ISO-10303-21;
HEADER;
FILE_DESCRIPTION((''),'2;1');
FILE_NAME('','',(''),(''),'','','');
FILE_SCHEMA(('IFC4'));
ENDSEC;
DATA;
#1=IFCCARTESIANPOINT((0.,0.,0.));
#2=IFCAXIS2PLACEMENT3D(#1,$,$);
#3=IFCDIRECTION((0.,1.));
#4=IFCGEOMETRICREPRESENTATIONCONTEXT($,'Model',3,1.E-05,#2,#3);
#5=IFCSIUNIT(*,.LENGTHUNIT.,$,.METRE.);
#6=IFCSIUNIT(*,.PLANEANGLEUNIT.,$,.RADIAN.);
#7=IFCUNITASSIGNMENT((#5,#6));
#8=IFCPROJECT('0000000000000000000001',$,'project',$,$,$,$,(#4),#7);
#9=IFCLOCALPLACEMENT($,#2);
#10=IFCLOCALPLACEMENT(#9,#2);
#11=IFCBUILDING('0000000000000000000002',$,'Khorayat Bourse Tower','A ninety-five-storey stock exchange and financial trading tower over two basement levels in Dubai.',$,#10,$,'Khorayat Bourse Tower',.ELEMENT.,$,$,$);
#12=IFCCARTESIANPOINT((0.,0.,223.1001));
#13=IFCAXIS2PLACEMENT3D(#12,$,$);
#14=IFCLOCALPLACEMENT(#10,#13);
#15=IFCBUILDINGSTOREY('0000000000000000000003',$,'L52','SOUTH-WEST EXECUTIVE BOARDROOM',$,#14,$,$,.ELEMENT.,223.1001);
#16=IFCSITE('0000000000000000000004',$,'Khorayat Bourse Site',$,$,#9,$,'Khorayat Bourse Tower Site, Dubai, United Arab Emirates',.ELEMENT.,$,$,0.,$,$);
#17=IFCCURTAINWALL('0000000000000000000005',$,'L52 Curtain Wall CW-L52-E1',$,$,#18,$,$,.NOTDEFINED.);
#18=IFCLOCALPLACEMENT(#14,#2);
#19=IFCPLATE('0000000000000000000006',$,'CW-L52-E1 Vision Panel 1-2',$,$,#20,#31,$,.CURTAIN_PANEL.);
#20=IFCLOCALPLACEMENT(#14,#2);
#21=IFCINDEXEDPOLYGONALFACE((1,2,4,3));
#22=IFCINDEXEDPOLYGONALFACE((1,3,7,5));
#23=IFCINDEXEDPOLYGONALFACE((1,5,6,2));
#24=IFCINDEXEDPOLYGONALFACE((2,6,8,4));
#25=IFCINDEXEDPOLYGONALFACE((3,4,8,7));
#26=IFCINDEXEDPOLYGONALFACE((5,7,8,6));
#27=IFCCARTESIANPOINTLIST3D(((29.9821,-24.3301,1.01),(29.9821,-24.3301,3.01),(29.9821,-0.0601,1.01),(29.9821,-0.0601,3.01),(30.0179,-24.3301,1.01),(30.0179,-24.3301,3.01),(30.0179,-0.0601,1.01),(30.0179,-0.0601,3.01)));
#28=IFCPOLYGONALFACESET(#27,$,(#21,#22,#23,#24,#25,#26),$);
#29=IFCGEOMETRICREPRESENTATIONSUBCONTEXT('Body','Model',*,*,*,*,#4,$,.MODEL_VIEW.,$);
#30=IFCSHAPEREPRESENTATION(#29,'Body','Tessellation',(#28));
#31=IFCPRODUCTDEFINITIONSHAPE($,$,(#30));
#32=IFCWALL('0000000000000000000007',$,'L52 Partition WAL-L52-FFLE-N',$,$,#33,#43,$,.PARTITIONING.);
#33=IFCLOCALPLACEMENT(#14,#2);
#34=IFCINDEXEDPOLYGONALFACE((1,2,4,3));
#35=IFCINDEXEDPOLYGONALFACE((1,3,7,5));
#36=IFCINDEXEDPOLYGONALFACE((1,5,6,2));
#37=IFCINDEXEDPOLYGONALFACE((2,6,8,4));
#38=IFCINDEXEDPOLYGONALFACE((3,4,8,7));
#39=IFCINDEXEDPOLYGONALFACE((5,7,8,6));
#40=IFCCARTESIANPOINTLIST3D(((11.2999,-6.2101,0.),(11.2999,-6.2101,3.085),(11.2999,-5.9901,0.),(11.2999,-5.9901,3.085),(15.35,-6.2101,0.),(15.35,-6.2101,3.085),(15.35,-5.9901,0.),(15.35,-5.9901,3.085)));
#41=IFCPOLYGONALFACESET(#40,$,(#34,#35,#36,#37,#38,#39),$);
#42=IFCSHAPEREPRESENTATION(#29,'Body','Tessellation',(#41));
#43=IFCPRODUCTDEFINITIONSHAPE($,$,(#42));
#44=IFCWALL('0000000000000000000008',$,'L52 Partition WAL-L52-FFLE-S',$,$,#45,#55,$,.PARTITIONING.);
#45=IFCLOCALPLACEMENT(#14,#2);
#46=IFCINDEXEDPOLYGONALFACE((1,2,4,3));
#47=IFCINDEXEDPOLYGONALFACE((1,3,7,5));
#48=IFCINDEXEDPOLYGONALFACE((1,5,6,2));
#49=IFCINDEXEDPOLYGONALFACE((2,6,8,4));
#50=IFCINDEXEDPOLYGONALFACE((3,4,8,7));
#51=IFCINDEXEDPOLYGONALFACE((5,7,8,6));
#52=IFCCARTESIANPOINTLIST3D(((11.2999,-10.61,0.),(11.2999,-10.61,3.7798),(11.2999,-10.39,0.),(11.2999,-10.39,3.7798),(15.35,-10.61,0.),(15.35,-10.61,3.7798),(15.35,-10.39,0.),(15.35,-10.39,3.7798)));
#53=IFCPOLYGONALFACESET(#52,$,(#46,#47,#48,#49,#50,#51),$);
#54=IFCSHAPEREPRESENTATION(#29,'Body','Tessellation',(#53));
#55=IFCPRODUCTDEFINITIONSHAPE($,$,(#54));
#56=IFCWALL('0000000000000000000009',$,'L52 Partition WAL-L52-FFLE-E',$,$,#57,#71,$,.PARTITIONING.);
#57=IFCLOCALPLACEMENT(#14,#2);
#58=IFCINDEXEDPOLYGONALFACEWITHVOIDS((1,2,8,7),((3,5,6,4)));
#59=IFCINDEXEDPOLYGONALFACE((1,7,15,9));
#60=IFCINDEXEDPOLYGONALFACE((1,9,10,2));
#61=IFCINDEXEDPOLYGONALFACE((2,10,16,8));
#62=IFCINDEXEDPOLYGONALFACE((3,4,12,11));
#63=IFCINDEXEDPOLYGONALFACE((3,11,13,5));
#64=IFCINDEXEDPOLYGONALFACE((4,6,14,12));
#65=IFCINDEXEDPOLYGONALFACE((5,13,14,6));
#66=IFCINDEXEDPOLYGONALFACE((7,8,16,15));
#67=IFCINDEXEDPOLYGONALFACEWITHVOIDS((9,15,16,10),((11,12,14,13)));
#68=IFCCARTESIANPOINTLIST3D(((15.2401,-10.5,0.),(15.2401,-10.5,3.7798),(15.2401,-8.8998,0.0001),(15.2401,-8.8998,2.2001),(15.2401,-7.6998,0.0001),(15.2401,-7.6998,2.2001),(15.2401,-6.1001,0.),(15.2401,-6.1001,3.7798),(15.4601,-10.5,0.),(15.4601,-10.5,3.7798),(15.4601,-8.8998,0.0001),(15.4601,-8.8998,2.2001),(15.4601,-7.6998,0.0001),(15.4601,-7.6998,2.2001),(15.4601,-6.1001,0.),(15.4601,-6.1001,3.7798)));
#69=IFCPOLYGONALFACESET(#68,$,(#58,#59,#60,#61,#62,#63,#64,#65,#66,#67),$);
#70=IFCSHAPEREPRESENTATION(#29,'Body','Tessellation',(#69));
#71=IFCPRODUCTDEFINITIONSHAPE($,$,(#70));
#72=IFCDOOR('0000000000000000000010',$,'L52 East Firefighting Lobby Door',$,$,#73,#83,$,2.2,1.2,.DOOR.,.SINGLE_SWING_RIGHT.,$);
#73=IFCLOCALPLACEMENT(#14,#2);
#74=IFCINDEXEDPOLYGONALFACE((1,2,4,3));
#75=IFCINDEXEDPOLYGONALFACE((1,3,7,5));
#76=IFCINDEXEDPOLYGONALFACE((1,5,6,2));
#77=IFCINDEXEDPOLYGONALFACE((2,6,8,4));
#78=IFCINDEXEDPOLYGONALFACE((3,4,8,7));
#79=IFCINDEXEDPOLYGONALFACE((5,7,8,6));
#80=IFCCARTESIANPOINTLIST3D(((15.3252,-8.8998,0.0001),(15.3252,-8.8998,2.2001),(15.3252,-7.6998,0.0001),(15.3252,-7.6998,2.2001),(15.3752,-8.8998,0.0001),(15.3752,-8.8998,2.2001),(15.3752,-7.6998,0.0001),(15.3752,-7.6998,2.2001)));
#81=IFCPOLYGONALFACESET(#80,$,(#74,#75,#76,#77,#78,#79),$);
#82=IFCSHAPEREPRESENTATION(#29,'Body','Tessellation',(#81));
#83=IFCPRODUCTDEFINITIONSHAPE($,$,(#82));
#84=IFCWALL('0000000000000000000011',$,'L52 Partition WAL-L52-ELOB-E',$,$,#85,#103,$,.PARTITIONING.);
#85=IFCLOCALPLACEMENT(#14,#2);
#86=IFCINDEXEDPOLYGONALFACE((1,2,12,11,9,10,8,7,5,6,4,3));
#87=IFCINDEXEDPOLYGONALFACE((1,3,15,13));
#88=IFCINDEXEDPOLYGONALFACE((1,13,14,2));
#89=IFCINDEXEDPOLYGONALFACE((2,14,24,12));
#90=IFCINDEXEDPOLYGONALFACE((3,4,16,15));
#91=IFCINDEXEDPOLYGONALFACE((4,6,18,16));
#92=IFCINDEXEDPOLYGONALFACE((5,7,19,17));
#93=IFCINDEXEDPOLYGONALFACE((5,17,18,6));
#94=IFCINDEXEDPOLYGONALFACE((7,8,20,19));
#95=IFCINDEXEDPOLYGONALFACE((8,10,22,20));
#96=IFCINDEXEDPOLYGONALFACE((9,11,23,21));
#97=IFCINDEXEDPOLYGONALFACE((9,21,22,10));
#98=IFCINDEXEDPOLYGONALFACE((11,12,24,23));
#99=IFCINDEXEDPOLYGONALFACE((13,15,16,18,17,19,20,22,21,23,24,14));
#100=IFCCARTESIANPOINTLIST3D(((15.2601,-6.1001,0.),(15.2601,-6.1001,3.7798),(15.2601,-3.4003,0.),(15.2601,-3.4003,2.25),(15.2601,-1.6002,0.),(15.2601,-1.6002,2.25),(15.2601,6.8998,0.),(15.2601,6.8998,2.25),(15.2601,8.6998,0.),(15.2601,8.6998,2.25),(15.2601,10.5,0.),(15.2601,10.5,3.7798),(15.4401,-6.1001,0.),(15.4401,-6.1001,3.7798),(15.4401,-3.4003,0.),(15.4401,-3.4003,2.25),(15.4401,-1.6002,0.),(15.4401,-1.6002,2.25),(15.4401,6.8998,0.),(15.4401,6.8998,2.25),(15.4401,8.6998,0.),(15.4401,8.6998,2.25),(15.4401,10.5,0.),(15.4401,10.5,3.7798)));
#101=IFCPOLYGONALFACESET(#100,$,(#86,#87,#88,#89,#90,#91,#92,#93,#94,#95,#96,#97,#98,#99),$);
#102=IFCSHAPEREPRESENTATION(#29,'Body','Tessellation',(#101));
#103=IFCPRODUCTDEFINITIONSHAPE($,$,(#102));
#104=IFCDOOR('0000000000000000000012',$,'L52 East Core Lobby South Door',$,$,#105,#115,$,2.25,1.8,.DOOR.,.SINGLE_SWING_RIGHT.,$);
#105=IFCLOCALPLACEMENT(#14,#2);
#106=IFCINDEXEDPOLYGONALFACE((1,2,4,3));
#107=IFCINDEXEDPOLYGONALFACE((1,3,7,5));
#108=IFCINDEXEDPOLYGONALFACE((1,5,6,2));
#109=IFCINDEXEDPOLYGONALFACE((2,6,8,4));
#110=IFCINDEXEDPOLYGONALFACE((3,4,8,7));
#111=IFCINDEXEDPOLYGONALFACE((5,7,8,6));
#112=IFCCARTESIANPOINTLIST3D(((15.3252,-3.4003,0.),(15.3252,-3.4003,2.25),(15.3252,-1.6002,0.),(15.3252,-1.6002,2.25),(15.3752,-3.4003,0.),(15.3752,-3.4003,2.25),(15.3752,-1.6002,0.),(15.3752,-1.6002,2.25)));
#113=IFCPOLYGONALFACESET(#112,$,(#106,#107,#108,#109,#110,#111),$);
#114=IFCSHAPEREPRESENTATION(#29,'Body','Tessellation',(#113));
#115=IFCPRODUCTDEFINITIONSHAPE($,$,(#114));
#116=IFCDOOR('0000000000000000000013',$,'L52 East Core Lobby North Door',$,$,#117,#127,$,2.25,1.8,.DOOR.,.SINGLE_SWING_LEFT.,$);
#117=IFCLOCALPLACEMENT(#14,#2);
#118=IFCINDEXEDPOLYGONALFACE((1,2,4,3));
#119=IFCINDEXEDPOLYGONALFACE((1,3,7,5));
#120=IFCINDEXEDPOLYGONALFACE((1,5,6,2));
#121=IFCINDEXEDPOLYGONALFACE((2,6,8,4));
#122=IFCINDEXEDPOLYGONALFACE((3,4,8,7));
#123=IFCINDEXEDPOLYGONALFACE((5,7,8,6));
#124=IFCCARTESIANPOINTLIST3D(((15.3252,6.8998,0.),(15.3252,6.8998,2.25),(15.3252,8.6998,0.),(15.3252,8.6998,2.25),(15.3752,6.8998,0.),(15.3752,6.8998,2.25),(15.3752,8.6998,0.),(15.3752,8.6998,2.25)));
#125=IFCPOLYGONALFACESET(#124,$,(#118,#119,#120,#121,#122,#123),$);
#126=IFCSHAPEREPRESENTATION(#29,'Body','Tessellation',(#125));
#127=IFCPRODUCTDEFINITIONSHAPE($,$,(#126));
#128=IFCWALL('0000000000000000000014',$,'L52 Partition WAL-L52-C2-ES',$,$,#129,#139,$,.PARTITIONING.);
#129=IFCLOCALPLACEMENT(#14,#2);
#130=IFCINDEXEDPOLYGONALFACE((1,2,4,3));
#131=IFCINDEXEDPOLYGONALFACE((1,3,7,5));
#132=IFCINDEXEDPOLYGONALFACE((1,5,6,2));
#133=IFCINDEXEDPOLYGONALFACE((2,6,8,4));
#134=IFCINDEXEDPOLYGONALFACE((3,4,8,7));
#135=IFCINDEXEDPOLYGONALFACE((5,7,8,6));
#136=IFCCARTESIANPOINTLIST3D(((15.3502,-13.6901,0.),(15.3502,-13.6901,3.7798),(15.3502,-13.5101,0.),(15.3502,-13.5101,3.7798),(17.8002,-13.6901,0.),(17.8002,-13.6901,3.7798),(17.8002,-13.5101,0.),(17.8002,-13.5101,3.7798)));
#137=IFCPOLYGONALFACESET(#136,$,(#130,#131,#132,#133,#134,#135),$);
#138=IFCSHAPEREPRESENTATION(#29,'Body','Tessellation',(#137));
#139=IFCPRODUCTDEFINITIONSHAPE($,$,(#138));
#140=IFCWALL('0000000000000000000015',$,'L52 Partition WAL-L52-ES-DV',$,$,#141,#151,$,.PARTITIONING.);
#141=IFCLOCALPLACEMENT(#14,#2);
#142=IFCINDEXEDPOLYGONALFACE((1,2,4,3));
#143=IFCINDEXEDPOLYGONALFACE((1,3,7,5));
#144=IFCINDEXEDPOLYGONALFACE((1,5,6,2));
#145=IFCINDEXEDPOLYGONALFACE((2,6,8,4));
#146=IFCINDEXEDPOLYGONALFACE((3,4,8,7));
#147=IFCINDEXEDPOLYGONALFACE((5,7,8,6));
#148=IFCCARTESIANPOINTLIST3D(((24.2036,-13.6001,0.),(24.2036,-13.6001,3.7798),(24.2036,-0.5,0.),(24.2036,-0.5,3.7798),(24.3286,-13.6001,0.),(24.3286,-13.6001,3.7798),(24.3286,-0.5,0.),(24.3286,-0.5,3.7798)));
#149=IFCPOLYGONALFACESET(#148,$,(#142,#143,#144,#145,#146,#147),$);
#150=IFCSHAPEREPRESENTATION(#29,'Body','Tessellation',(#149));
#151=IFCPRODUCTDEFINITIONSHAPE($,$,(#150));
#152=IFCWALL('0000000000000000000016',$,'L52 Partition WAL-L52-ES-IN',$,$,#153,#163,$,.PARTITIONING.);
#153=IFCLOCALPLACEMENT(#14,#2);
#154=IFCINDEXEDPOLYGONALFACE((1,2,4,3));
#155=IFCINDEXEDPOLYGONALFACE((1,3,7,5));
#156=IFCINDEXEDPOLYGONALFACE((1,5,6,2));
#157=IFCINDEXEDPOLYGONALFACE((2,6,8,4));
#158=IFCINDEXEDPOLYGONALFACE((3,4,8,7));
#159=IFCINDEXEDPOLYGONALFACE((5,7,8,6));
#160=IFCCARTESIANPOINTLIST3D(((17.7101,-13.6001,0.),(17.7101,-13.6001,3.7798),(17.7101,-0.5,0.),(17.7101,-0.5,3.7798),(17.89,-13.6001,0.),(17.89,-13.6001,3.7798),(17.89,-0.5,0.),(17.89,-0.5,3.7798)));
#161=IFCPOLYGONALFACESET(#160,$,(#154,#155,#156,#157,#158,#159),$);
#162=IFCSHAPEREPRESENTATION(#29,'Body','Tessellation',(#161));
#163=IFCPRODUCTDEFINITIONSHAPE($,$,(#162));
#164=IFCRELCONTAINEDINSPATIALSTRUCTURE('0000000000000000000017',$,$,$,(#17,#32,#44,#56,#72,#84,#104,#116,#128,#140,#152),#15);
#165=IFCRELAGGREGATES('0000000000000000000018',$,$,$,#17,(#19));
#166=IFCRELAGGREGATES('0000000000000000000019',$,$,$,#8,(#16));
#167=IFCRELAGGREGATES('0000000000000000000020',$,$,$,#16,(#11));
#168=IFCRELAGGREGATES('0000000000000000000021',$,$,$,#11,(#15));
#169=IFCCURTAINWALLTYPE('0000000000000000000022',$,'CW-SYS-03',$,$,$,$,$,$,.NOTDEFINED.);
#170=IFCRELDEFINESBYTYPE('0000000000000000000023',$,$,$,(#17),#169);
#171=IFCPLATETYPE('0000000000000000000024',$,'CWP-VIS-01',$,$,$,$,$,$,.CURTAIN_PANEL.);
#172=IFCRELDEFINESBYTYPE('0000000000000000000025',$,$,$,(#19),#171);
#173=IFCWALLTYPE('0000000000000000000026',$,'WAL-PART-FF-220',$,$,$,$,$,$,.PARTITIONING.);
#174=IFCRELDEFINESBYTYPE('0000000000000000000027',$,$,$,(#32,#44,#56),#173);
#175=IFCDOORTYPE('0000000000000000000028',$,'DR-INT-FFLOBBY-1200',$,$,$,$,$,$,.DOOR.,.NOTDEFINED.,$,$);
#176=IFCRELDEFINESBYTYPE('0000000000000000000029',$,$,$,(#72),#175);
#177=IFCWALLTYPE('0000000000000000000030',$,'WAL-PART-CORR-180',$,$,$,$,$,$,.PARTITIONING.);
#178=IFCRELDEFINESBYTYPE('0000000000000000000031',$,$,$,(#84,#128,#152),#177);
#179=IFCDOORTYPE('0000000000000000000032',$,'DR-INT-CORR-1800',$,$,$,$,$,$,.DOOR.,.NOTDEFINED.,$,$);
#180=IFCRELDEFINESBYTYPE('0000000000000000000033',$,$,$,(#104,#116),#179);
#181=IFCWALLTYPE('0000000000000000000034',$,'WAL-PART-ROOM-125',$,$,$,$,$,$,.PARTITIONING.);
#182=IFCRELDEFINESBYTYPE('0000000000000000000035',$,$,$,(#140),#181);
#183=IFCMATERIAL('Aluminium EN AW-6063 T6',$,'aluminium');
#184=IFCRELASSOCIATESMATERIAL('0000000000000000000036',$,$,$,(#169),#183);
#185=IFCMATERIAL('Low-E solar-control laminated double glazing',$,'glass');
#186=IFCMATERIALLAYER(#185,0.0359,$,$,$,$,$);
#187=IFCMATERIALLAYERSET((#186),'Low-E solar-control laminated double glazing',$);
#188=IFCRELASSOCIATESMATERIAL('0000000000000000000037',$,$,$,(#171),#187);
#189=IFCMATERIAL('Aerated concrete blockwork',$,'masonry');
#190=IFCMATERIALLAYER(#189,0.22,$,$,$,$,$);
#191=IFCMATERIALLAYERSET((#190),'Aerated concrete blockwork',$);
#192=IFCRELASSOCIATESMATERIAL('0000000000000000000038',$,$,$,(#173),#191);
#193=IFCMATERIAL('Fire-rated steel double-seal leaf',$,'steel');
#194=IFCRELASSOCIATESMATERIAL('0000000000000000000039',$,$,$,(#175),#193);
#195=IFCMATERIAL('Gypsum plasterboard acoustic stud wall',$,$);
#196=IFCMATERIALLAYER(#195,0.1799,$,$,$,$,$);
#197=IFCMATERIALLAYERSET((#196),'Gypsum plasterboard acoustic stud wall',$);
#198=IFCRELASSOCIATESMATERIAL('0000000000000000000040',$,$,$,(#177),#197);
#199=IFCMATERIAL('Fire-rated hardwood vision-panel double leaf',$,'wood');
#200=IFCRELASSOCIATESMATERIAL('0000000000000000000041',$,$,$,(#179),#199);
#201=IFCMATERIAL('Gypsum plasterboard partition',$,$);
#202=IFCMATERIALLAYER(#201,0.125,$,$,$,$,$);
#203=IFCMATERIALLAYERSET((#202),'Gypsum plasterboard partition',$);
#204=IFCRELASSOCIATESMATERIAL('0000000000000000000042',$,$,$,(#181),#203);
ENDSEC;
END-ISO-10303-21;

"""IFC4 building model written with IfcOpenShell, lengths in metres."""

from ifc_helpers import new_model, si_unit, direction, frame, frame_2d, origin, origin_2d, place, context, subcontext, project, spatial, rectangle, extrude, source, transform, mapped, material, layer, layer_set, type_object, element, fill, aggregate, save


model = new_model("IFC4")

# Units and contexts
model_context = context("Model", 3, precision=1e-05, world=origin(), true_north=direction((0.0, 1.0)))
body_context = subcontext(model_context, "Body", "Model", "MODEL_VIEW")
ifc_project = project(units=[si_unit("LENGTHUNIT", "METRE"), si_unit("PLANEANGLEUNIT", "RADIAN")], contexts=[model_context])

# Site, building, storey
site_placement = place(None, origin())
site = spatial("IfcSite", under=ifc_project, at=site_placement, Name="Khorayat Bourse Site", LongName="Khorayat Bourse Tower Site, Dubai, United Arab Emirates", CompositionType="ELEMENT", RefElevation=0.0)
building_placement = place(site_placement, origin())
building = spatial("IfcBuilding", under=site, at=building_placement, Name="Khorayat Bourse Tower", Description="A ninety-five-storey stock exchange and financial trading tower over two basement levels in Dubai.", LongName="Khorayat Bourse Tower", CompositionType="ELEMENT")
storey_placement = place(building_placement, frame((0.0, 0.0, 223.1001)))
storey = spatial("IfcBuildingStorey", under=building, at=storey_placement, Name="L52", Description="SOUTH-WEST EXECUTIVE BOARDROOM", CompositionType="ELEMENT", Elevation=223.1001)

# Curtain wall
ifc_material_1 = material(Name="Aluminium EN AW-6063 T6", Category="aluminium")
curtain_wall_type = type_object("IfcCurtainWallType", Name="CW-SYS-03", PredefinedType="NOTDEFINED", material=ifc_material_1)
curtain_wall_placement = place(storey_placement, origin())
curtain_wall = element("IfcCurtainWall", 1, at=curtain_wall_placement, inside=storey, type_object=curtain_wall_type, Name="L52 Curtain Wall CW-L52-E1", PredefinedType="NOTDEFINED")

# Plate
ifc_material_2 = material(Name="Low-E solar-control laminated double glazing", Category="glass")
ifc_layer_1 = layer(ifc_material_2, 0.0359)
ifc_layer_set_1 = layer_set([ifc_layer_1], Name="Low-E solar-control laminated double glazing")
plate_type_1 = type_object("IfcPlateType", Name="CWP-VIS-01", PredefinedType="CURTAIN_PANEL", material=ifc_layer_set_1)
shared_shape_1 = source(origin(), body_context, "Body", "SweptSolid", [
    extrude(rectangle(XDim=24.27, YDim=0.0359, at=origin_2d()), origin(), (0.0, 0.0, 1.0), 2.0),
])
plate_1_placement = place(storey_placement, frame((30.0, -12.1951, 1.01), z_axis=(0.0, 0.0, 1.0), x_axis=(0.0, 1.0, 0.0)))
plate_1 = element("IfcPlate", 2, at=plate_1_placement, type_object=plate_type_1, Name="CW-L52-E1 Vision Panel 1-2", PredefinedType="CURTAIN_PANEL", context=body_context, shape_type="MappedRepresentation", body=[
    mapped(shared_shape_1, transform((0.0, 0.0, 0.0), scale=1.0)),
])
aggregate(curtain_wall, [plate_1])

# Walls
ifc_material_3 = material(Name="Aerated concrete blockwork", Category="masonry")
ifc_layer_2 = layer(ifc_material_3, 0.22)
ifc_layer_set_2 = layer_set([ifc_layer_2], Name="Aerated concrete blockwork")
wall_type_1 = type_object("IfcWallType", Name="WAL-PART-FF-220", PredefinedType="PARTITIONING", material=ifc_layer_set_2)
shared_shape_2 = source(origin(), body_context, "Body", "SweptSolid", [
    extrude(rectangle(XDim=4.05, YDim=0.22, at=frame_2d((2.0249, 0.0))), origin(), (0.0, 0.0, 1.0), 3.085),
])
wall_1_placement = place(storey_placement, frame((11.3, -6.1001, 0.0), z_axis=(0.0, 0.0, 1.0), x_axis=(1.0, 0.0, 0.0)))
element("IfcWall", 3, at=wall_1_placement, inside=storey, type_object=wall_type_1, Name="L52 Partition WAL-L52-FFLE-N", PredefinedType="PARTITIONING", context=body_context, shape_type="MappedRepresentation", body=[
    mapped(shared_shape_2, transform((0.0, 0.0, 0.0), scale=1.0)),
])
shared_shape_3 = source(origin(), body_context, "Body", "SweptSolid", [
    extrude(rectangle(XDim=4.05, YDim=0.22, at=frame_2d((2.0249, 0.0))), origin(), (0.0, 0.0, 1.0), 3.7798),
])
wall_2_placement = place(storey_placement, frame((11.3, -10.5, 0.0), z_axis=(0.0, 0.0, 1.0), x_axis=(1.0, 0.0, 0.0)))
element("IfcWall", 4, at=wall_2_placement, inside=storey, type_object=wall_type_1, Name="L52 Partition WAL-L52-FFLE-S", PredefinedType="PARTITIONING", context=body_context, shape_type="MappedRepresentation", body=[
    mapped(shared_shape_3, transform((0.0, 0.0, 0.0), scale=1.0)),
])

# Wall, opening, door
shared_shape_4 = source(origin(), body_context, "Body", "SweptSolid", [
    extrude(rectangle(XDim=4.3999, YDim=0.22, at=frame_2d((2.2, 0.0))), origin(), (0.0, 0.0, 1.0), 3.7798),
])
wall_3_placement = place(storey_placement, frame((15.3501, -10.5, 0.0), z_axis=(0.0, 0.0, 1.0), x_axis=(0.0, 1.0, 0.0)))
wall_3 = element("IfcWall", 5, at=wall_3_placement, inside=storey, type_object=wall_type_1, Name="L52 Partition WAL-L52-FFLE-E", PredefinedType="PARTITIONING", context=body_context, shape_type="MappedRepresentation", body=[
    mapped(shared_shape_4, transform((0.0, 0.0, 0.0), scale=1.0)),
])
shared_shape_5 = source(origin(), body_context, "Body", "SweptSolid", [
    extrude(rectangle(XDim=1.2, YDim=2.2, at=frame_2d((0.6001, 1.1001))), frame((0.0, 0.1199, 0.0), z_axis=(0.0, -1.0, 0.0), x_axis=(1.0, 0.0, 0.0)), (0.0, 0.0, 1.0), 0.24),
])
opening_1_placement = place(wall_3_placement, frame((1.6001, 0.0, 0.0)))
opening_1 = element("IfcOpeningElement", 6, at=opening_1_placement, cuts=wall_3, PredefinedType="OPENING", context=body_context, shape_type="MappedRepresentation", body=[
    mapped(shared_shape_5, transform((0.0, 0.0, 0.0), scale=1.0)),
])
ifc_material_4 = material(Name="Fire-rated steel double-seal leaf", Category="steel")
door_type_1 = type_object("IfcDoorType", Name="DR-INT-FFLOBBY-1200", OperationType="NOTDEFINED", PredefinedType="DOOR", material=ifc_material_4)
shared_shape_6 = source(origin(), body_context, "Body", "SweptSolid", [
    extrude(rectangle(XDim=1.2, YDim=2.2, at=frame_2d((0.6001, 1.1001))), frame((0.0, 0.0249, 0.0), z_axis=(0.0, -1.0, 0.0), x_axis=(1.0, 0.0, 0.0)), (0.0, 0.0, 1.0), 0.05),
])
door_1_placement = place(opening_1_placement, origin())
door_1 = element("IfcDoor", 7, at=door_1_placement, inside=storey, type_object=door_type_1, Name="L52 East Firefighting Lobby Door", OperationType="SINGLE_SWING_RIGHT", OverallHeight=2.2, OverallWidth=1.2, PredefinedType="DOOR", context=body_context, shape_type="MappedRepresentation", body=[
    mapped(shared_shape_6, transform((0.0, 0.0, 0.0), scale=1.0)),
])
fill(opening_1, door_1)

# Wall, openings, doors
ifc_material_5 = material(Name="Gypsum plasterboard acoustic stud wall")
ifc_layer_3 = layer(ifc_material_5, 0.1799)
ifc_layer_set_3 = layer_set([ifc_layer_3], Name="Gypsum plasterboard acoustic stud wall")
wall_type_2 = type_object("IfcWallType", Name="WAL-PART-CORR-180", PredefinedType="PARTITIONING", material=ifc_layer_set_3)
shared_shape_7 = source(origin(), body_context, "Body", "SweptSolid", [
    extrude(rectangle(XDim=16.6001, YDim=0.1799, at=frame_2d((8.3, 0.0))), origin(), (0.0, 0.0, 1.0), 3.7798),
])
wall_4_placement = place(storey_placement, frame((15.3501, -6.1001, 0.0), z_axis=(0.0, 0.0, 1.0), x_axis=(0.0, 1.0, 0.0)))
wall_4 = element("IfcWall", 8, at=wall_4_placement, inside=storey, type_object=wall_type_2, Name="L52 Partition WAL-L52-ELOB-E", PredefinedType="PARTITIONING", context=body_context, shape_type="MappedRepresentation", body=[
    mapped(shared_shape_7, transform((0.0, 0.0, 0.0), scale=1.0)),
])
shared_shape_8 = source(origin(), body_context, "Body", "SweptSolid", [
    extrude(rectangle(XDim=1.8, YDim=2.25, at=frame_2d((0.8999, 1.125))), frame((0.0, 0.0999, 0.0), z_axis=(0.0, -1.0, 0.0), x_axis=(1.0, 0.0, 0.0)), (0.0, 0.0, 1.0), 0.2),
])
opening_2_placement = place(wall_4_placement, frame((2.7, 0.0, 0.0)))
opening_2 = element("IfcOpeningElement", 9, at=opening_2_placement, cuts=wall_4, PredefinedType="OPENING", context=body_context, shape_type="MappedRepresentation", body=[
    mapped(shared_shape_8, transform((0.0, 0.0, 0.0), scale=1.0)),
])
opening_3_placement = place(wall_4_placement, frame((13.0, 0.0, 0.0)))
opening_3 = element("IfcOpeningElement", 10, at=opening_3_placement, cuts=wall_4, PredefinedType="OPENING", context=body_context, shape_type="MappedRepresentation", body=[
    mapped(shared_shape_8, transform((0.0, 0.0, 0.0), scale=1.0)),
])
ifc_material_6 = material(Name="Fire-rated hardwood vision-panel double leaf", Category="wood")
door_type_2 = type_object("IfcDoorType", Name="DR-INT-CORR-1800", OperationType="NOTDEFINED", PredefinedType="DOOR", material=ifc_material_6)
shared_shape_9 = source(origin(), body_context, "Body", "SweptSolid", [
    extrude(rectangle(XDim=1.8, YDim=2.25, at=frame_2d((0.8999, 1.125))), frame((0.0, 0.0249, 0.0), z_axis=(0.0, -1.0, 0.0), x_axis=(1.0, 0.0, 0.0)), (0.0, 0.0, 1.0), 0.05),
])
door_2_placement = place(opening_2_placement, origin())
door_2 = element("IfcDoor", 11, at=door_2_placement, inside=storey, type_object=door_type_2, Name="L52 East Core Lobby South Door", OperationType="SINGLE_SWING_RIGHT", OverallHeight=2.25, OverallWidth=1.8, PredefinedType="DOOR", context=body_context, shape_type="MappedRepresentation", body=[
    mapped(shared_shape_9, transform((0.0, 0.0, 0.0), scale=1.0)),
])
fill(opening_2, door_2)
door_3_placement = place(opening_3_placement, origin())
door_3 = element("IfcDoor", 12, at=door_3_placement, inside=storey, type_object=door_type_2, Name="L52 East Core Lobby North Door", OperationType="SINGLE_SWING_LEFT", OverallHeight=2.25, OverallWidth=1.8, PredefinedType="DOOR", context=body_context, shape_type="MappedRepresentation", body=[
    mapped(shared_shape_9, transform((0.0, 0.0, 0.0), scale=1.0)),
])
fill(opening_3, door_3)

# Walls
shared_shape_10 = source(origin(), body_context, "Body", "SweptSolid", [
    extrude(rectangle(XDim=2.45, YDim=0.1799, at=frame_2d((1.2251, 0.0))), origin(), (0.0, 0.0, 1.0), 3.7798),
])
wall_5_placement = place(storey_placement, frame((15.3501, -13.6001, 0.0), z_axis=(0.0, 0.0, 1.0), x_axis=(1.0, 0.0, 0.0)))
element("IfcWall", 13, at=wall_5_placement, inside=storey, type_object=wall_type_2, Name="L52 Partition WAL-L52-C2-ES", PredefinedType="PARTITIONING", context=body_context, shape_type="MappedRepresentation", body=[
    mapped(shared_shape_10, transform((0.0, 0.0, 0.0), scale=1.0)),
])
ifc_material_7 = material(Name="Gypsum plasterboard partition")
ifc_layer_4 = layer(ifc_material_7, 0.125)
ifc_layer_set_4 = layer_set([ifc_layer_4], Name="Gypsum plasterboard partition")
wall_type_3 = type_object("IfcWallType", Name="WAL-PART-ROOM-125", PredefinedType="PARTITIONING", material=ifc_layer_set_4)
shared_shape_11 = source(origin(), body_context, "Body", "SweptSolid", [
    extrude(rectangle(XDim=13.1001, YDim=0.125, at=frame_2d((6.55, 0.0))), origin(), (0.0, 0.0, 1.0), 3.7798),
])
wall_6_placement = place(storey_placement, frame((24.2661, -13.6001, 0.0), z_axis=(0.0, 0.0, 1.0), x_axis=(0.0, 1.0, 0.0)))
element("IfcWall", 14, at=wall_6_placement, inside=storey, type_object=wall_type_3, Name="L52 Partition WAL-L52-ES-DV", PredefinedType="PARTITIONING", context=body_context, shape_type="MappedRepresentation", body=[
    mapped(shared_shape_11, transform((0.0, 0.0, 0.0), scale=1.0)),
])
shared_shape_12 = source(origin(), body_context, "Body", "SweptSolid", [
    extrude(rectangle(XDim=13.1001, YDim=0.1799, at=frame_2d((6.55, 0.0))), origin(), (0.0, 0.0, 1.0), 3.7798),
])
wall_7_placement = place(storey_placement, frame((17.8, -13.6001, 0.0), z_axis=(0.0, 0.0, 1.0), x_axis=(0.0, 1.0, 0.0)))
element("IfcWall", 15, at=wall_7_placement, inside=storey, type_object=wall_type_2, Name="L52 Partition WAL-L52-ES-IN", PredefinedType="PARTITIONING", context=body_context, shape_type="MappedRepresentation", body=[
    mapped(shared_shape_12, transform((0.0, 0.0, 0.0), scale=1.0)),
])

save(model, "model.ifc")
